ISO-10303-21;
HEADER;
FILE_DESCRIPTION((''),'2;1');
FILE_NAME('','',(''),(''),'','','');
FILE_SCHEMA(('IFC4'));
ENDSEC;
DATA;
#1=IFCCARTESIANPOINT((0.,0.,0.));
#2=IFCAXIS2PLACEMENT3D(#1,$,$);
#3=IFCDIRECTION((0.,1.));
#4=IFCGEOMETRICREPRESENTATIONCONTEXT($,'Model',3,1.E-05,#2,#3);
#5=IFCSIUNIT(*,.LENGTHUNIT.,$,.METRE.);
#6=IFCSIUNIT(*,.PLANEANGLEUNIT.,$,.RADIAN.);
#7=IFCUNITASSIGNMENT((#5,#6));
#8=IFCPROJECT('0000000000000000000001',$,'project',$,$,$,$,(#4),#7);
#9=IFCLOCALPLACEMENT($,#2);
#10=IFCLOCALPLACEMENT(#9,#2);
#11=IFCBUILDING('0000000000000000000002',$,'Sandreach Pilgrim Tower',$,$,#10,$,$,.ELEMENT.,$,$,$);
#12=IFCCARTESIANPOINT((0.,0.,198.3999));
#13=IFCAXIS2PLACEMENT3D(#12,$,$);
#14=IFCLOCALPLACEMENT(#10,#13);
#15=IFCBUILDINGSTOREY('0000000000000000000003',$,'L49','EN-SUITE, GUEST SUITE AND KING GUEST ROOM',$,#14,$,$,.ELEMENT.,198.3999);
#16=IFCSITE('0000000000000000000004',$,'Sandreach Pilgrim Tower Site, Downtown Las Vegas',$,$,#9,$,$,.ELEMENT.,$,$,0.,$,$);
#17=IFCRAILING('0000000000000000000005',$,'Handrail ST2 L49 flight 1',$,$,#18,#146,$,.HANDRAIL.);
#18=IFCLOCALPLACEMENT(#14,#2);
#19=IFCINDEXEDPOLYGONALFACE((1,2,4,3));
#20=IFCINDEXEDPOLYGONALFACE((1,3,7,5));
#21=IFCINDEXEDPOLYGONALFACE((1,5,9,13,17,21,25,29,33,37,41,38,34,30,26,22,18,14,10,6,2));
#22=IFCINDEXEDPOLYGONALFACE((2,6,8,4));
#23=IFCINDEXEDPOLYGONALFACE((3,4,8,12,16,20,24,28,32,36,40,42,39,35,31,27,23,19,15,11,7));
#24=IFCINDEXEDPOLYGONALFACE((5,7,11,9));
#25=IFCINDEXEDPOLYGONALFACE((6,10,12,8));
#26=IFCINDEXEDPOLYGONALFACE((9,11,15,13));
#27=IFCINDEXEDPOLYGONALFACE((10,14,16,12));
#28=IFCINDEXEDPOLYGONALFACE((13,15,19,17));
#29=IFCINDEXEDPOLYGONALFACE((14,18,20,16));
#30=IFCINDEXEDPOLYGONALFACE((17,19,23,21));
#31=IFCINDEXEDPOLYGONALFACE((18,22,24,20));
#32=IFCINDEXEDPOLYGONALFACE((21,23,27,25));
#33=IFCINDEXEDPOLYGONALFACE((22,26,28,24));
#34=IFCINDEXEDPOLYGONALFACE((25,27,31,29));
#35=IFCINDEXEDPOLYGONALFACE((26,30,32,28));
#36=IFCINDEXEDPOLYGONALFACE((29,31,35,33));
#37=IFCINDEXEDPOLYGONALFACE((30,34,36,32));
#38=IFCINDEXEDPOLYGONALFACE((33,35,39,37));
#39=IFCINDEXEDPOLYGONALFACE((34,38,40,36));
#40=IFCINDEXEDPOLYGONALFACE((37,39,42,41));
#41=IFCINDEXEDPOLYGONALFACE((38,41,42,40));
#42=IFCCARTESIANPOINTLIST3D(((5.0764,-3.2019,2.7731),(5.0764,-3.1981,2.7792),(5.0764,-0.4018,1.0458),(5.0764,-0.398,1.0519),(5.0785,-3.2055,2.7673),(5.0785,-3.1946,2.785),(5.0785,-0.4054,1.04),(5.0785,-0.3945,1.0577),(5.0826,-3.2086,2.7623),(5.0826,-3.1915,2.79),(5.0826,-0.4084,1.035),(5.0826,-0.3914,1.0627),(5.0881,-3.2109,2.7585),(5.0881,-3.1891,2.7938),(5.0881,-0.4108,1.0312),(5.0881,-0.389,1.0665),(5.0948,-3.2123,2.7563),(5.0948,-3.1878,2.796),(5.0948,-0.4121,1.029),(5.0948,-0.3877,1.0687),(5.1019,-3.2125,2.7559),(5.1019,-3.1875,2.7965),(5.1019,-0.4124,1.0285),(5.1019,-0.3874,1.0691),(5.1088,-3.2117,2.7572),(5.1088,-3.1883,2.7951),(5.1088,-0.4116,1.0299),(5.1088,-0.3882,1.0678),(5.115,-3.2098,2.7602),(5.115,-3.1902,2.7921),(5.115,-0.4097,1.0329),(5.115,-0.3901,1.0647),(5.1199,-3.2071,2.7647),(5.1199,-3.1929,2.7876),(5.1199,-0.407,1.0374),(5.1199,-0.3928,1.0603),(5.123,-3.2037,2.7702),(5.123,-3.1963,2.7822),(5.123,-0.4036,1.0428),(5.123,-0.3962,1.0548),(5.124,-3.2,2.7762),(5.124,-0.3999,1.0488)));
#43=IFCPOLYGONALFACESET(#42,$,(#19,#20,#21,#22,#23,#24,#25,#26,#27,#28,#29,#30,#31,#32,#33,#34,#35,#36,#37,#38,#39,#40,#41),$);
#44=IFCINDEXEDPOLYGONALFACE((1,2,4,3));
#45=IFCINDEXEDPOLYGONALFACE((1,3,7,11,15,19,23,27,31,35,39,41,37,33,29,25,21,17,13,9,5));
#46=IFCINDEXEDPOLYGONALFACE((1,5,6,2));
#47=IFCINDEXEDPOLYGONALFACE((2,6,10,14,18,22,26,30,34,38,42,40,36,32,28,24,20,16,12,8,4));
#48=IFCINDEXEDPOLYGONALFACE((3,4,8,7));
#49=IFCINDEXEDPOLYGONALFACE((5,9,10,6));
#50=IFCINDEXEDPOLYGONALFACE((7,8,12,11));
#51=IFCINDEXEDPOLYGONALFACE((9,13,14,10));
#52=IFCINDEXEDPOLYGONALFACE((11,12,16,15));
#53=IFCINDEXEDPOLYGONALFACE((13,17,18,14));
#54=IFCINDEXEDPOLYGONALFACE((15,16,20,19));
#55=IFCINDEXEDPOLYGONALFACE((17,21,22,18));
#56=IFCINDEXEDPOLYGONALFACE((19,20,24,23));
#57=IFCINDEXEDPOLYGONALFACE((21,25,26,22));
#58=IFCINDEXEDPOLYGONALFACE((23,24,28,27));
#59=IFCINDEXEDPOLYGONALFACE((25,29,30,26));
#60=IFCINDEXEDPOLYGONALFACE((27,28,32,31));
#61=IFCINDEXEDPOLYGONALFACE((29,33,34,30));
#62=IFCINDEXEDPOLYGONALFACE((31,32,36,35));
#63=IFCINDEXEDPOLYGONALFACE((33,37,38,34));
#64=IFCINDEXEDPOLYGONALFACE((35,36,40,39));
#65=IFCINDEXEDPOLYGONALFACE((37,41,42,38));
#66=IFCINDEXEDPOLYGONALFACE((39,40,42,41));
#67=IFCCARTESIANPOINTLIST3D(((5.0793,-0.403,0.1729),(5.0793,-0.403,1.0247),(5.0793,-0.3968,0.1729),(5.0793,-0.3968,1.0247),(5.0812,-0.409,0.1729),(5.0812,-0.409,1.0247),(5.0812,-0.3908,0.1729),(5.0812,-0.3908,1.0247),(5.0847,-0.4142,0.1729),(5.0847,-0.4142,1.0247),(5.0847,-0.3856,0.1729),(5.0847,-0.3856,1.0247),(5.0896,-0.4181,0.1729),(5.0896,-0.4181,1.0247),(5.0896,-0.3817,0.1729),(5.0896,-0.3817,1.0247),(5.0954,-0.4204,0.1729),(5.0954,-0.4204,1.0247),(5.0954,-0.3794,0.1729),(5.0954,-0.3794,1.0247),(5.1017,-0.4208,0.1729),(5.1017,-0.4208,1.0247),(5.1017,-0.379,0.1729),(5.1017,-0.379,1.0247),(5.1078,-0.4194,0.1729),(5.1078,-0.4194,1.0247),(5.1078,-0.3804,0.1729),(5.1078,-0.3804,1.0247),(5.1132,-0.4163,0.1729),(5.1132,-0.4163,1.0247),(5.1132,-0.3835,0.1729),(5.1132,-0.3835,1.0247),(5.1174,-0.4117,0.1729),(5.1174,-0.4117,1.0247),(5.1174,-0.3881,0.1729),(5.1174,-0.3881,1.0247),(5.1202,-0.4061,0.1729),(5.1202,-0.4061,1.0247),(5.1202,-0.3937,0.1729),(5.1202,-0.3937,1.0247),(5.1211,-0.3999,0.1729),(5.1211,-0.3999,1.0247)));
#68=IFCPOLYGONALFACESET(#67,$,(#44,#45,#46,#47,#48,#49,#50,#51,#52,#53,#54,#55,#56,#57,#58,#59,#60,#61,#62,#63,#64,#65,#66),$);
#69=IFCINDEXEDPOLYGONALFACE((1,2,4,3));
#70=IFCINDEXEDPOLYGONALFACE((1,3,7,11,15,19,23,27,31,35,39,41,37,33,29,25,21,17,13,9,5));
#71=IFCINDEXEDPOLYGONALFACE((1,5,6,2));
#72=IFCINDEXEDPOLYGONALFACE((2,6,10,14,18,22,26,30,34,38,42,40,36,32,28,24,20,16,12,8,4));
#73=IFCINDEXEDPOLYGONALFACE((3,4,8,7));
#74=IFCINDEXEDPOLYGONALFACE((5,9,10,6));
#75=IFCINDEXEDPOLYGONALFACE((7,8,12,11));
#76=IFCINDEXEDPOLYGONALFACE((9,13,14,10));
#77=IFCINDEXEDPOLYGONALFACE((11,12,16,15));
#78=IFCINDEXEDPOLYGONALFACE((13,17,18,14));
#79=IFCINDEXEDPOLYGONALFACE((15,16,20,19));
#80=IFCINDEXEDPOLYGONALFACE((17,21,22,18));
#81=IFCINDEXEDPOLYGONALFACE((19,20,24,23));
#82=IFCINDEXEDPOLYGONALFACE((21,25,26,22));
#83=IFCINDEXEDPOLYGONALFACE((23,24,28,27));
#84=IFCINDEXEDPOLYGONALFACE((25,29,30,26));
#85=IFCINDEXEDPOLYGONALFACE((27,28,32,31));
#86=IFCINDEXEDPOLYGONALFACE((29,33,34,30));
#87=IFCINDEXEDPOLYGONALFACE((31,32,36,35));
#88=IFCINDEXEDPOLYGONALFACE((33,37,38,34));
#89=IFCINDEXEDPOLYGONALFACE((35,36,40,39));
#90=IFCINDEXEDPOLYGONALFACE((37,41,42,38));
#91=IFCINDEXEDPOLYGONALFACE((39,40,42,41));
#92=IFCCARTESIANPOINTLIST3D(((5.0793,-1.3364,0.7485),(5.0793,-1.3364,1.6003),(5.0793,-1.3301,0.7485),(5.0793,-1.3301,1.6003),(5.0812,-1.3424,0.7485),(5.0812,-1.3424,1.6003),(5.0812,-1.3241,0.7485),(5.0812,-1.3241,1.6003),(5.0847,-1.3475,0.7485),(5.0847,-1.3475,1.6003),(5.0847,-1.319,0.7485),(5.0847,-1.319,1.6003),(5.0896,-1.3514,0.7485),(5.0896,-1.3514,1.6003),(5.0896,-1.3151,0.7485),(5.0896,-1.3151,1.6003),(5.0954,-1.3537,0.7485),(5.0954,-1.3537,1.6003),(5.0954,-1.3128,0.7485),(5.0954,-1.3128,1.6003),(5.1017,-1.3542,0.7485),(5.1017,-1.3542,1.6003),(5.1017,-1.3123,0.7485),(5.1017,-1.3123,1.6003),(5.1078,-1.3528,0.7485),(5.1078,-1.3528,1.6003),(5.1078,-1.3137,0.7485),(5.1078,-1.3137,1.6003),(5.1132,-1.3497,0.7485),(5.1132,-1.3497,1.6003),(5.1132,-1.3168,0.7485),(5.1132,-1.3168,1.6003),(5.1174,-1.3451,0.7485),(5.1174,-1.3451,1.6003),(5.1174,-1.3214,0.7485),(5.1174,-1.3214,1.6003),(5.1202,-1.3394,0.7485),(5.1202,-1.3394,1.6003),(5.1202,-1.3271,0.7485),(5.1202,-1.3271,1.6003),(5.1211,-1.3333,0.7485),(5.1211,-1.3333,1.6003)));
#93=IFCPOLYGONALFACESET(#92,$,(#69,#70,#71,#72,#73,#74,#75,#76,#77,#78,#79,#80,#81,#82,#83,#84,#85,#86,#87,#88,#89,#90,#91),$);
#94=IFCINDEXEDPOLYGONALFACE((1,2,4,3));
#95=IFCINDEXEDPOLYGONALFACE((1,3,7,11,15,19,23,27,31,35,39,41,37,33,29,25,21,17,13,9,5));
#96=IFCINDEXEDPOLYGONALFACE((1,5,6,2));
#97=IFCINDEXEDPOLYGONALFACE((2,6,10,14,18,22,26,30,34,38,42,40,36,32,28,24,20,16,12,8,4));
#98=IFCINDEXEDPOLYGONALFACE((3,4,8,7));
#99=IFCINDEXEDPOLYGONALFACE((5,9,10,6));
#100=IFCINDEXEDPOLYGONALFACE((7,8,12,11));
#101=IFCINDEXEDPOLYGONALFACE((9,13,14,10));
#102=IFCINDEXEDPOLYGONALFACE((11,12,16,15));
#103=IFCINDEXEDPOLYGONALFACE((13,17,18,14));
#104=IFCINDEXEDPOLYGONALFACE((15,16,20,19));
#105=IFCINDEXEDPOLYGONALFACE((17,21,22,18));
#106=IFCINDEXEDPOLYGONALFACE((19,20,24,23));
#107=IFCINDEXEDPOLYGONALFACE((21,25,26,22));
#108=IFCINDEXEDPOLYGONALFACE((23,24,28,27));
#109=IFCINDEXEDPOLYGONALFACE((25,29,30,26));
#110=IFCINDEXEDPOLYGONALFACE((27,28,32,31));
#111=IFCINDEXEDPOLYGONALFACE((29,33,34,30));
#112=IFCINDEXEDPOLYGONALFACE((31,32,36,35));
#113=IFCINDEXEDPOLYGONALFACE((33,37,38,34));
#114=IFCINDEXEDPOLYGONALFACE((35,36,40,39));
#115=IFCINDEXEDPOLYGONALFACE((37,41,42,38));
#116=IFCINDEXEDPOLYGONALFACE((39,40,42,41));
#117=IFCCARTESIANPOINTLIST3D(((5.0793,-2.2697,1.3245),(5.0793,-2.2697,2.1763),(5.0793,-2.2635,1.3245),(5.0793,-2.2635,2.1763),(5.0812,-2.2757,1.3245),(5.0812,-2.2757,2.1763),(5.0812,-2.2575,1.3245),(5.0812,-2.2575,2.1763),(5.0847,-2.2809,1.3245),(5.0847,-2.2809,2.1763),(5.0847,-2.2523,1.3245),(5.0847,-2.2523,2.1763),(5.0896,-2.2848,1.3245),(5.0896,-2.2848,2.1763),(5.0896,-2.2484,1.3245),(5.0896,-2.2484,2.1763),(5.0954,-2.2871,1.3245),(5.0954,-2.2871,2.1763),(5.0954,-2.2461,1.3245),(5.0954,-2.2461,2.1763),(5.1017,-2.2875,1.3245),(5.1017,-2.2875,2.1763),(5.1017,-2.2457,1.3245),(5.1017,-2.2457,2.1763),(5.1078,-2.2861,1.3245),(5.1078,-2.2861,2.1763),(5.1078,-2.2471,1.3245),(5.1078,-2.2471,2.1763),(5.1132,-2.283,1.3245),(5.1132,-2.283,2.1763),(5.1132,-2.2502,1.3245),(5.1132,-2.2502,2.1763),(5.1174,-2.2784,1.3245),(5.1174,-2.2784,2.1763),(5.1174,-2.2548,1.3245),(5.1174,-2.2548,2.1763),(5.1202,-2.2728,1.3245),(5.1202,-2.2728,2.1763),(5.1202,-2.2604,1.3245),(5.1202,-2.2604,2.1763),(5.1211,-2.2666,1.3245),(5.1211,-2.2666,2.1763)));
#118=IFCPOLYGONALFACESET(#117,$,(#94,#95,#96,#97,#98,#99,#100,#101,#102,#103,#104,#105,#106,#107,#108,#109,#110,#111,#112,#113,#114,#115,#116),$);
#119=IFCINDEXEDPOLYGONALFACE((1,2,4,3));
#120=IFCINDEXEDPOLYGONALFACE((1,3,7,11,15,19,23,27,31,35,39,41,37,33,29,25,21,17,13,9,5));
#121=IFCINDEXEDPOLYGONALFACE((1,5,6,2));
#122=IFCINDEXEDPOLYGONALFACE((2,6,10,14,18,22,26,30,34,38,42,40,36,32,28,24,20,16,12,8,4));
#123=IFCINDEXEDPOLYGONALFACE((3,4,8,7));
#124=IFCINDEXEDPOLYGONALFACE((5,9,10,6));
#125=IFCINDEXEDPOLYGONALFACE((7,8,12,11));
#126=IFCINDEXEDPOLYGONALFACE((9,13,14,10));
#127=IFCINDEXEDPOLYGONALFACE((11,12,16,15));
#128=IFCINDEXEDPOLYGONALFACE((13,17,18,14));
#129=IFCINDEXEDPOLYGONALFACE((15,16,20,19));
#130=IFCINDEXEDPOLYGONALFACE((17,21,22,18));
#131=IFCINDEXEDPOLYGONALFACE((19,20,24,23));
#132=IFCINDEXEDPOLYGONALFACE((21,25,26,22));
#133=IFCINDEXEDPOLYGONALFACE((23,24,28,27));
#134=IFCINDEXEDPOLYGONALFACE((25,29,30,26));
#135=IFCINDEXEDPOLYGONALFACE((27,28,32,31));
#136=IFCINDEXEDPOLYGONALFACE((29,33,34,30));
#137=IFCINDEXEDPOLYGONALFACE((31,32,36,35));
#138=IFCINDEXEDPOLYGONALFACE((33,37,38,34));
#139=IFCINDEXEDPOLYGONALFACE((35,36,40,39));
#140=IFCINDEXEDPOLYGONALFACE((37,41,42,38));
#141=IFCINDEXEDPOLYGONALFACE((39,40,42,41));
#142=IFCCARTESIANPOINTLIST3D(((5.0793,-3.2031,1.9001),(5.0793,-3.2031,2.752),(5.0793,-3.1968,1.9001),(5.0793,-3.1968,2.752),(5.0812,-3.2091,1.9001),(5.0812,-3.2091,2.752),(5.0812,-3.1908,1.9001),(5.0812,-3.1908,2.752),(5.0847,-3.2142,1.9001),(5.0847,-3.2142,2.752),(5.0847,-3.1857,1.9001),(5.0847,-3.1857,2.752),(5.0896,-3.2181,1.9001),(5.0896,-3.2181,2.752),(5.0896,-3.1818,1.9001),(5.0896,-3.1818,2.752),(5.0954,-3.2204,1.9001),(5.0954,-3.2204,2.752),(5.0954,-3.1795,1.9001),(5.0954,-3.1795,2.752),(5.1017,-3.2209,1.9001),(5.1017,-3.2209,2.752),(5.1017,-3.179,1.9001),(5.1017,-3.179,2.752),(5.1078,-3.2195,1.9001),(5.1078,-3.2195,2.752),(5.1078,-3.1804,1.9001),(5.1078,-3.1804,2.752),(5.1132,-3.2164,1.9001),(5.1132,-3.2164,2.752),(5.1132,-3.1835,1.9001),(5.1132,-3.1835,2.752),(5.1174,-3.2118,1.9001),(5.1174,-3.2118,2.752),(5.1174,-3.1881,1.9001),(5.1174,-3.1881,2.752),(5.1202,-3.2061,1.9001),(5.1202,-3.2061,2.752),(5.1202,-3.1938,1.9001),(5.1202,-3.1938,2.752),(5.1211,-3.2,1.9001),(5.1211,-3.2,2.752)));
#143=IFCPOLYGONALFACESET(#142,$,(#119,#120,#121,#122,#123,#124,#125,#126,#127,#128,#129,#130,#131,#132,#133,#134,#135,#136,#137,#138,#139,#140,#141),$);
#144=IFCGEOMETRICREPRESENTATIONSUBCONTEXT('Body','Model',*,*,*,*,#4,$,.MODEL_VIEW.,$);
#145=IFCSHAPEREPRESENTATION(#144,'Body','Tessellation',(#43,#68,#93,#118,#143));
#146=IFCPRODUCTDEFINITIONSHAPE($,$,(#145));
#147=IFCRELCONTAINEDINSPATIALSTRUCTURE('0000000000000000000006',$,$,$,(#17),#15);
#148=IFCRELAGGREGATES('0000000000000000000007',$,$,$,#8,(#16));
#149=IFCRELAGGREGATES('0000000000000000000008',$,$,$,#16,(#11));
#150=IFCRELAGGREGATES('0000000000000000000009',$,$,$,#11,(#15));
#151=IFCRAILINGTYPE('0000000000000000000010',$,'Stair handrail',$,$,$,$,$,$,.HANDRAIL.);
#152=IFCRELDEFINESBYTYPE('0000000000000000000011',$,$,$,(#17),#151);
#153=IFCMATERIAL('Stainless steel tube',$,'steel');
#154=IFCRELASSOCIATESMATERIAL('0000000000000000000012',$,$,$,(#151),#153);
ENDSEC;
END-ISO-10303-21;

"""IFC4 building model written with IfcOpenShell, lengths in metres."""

from ifc_helpers import new_model, si_unit, direction, frame, origin, origin_2d, place, context, subcontext, project, spatial, circle, extrude, material, type_object, element, save


model = new_model("IFC4")

# Units and contexts
model_context = context("Model", 3, precision=1e-05, world=origin(), true_north=direction((0.0, 1.0)))
body_context = subcontext(model_context, "Body", "Model", "MODEL_VIEW")
ifc_project = project(units=[si_unit("LENGTHUNIT", "METRE"), si_unit("PLANEANGLEUNIT", "RADIAN")], contexts=[model_context])

# Site, building, storey
site_placement = place(None, origin())
site = spatial("IfcSite", under=ifc_project, at=site_placement, Name="Sandreach Pilgrim Tower Site, Downtown Las Vegas", CompositionType="ELEMENT", RefElevation=0.0)
building_placement = place(site_placement, origin())
building = spatial("IfcBuilding", under=site, at=building_placement, Name="Sandreach Pilgrim Tower", CompositionType="ELEMENT")
storey_placement = place(building_placement, frame((0.0, 0.0, 198.3999)))
storey = spatial("IfcBuildingStorey", under=building, at=storey_placement, Name="L49", Description="EN-SUITE, GUEST SUITE AND KING GUEST ROOM", CompositionType="ELEMENT", Elevation=198.3999)

# Railing
ifc_material_1 = material(Name="Stainless steel tube", Category="steel")
railing_type = type_object("IfcRailingType", Name="Stair handrail", PredefinedType="HANDRAIL", material=ifc_material_1)
for number, where, name in (
    (1, (5.1001, -0.3999, 0.1729), "Handrail ST2 L49 flight 1"),
):
    element("IfcRailing", number, at=place(storey_placement, frame(where)), inside=storey, type_object=railing_type, Name=name, PredefinedType="HANDRAIL", context=body_context, shape_type="SweptSolid", body=[
        extrude(circle(Radius=0.0239, at=origin_2d()), frame((0.0, 0.0, 0.876), z_axis=(0.0, -0.85109, 0.52502), x_axis=(1.0, 0.0, 0.0)), (0.0, 0.0, 1.0), 3.29),
        extrude(circle(Radius=0.021, at=origin_2d()), origin(), (0.0, 0.0, 1.0), 0.8518),
        extrude(circle(Radius=0.021, at=origin_2d()), frame((0.0, -0.9333, 0.5757)), (0.0, 0.0, 1.0), 0.8518),
        extrude(circle(Radius=0.021, at=origin_2d()), frame((0.0, -1.8667, 1.1516)), (0.0, 0.0, 1.0), 0.8518),
        extrude(circle(Radius=0.021, at=origin_2d()), frame((0.0, -2.8, 1.7273)), (0.0, 0.0, 1.0), 0.8518),
    ])

save(model, "model.ifc")
